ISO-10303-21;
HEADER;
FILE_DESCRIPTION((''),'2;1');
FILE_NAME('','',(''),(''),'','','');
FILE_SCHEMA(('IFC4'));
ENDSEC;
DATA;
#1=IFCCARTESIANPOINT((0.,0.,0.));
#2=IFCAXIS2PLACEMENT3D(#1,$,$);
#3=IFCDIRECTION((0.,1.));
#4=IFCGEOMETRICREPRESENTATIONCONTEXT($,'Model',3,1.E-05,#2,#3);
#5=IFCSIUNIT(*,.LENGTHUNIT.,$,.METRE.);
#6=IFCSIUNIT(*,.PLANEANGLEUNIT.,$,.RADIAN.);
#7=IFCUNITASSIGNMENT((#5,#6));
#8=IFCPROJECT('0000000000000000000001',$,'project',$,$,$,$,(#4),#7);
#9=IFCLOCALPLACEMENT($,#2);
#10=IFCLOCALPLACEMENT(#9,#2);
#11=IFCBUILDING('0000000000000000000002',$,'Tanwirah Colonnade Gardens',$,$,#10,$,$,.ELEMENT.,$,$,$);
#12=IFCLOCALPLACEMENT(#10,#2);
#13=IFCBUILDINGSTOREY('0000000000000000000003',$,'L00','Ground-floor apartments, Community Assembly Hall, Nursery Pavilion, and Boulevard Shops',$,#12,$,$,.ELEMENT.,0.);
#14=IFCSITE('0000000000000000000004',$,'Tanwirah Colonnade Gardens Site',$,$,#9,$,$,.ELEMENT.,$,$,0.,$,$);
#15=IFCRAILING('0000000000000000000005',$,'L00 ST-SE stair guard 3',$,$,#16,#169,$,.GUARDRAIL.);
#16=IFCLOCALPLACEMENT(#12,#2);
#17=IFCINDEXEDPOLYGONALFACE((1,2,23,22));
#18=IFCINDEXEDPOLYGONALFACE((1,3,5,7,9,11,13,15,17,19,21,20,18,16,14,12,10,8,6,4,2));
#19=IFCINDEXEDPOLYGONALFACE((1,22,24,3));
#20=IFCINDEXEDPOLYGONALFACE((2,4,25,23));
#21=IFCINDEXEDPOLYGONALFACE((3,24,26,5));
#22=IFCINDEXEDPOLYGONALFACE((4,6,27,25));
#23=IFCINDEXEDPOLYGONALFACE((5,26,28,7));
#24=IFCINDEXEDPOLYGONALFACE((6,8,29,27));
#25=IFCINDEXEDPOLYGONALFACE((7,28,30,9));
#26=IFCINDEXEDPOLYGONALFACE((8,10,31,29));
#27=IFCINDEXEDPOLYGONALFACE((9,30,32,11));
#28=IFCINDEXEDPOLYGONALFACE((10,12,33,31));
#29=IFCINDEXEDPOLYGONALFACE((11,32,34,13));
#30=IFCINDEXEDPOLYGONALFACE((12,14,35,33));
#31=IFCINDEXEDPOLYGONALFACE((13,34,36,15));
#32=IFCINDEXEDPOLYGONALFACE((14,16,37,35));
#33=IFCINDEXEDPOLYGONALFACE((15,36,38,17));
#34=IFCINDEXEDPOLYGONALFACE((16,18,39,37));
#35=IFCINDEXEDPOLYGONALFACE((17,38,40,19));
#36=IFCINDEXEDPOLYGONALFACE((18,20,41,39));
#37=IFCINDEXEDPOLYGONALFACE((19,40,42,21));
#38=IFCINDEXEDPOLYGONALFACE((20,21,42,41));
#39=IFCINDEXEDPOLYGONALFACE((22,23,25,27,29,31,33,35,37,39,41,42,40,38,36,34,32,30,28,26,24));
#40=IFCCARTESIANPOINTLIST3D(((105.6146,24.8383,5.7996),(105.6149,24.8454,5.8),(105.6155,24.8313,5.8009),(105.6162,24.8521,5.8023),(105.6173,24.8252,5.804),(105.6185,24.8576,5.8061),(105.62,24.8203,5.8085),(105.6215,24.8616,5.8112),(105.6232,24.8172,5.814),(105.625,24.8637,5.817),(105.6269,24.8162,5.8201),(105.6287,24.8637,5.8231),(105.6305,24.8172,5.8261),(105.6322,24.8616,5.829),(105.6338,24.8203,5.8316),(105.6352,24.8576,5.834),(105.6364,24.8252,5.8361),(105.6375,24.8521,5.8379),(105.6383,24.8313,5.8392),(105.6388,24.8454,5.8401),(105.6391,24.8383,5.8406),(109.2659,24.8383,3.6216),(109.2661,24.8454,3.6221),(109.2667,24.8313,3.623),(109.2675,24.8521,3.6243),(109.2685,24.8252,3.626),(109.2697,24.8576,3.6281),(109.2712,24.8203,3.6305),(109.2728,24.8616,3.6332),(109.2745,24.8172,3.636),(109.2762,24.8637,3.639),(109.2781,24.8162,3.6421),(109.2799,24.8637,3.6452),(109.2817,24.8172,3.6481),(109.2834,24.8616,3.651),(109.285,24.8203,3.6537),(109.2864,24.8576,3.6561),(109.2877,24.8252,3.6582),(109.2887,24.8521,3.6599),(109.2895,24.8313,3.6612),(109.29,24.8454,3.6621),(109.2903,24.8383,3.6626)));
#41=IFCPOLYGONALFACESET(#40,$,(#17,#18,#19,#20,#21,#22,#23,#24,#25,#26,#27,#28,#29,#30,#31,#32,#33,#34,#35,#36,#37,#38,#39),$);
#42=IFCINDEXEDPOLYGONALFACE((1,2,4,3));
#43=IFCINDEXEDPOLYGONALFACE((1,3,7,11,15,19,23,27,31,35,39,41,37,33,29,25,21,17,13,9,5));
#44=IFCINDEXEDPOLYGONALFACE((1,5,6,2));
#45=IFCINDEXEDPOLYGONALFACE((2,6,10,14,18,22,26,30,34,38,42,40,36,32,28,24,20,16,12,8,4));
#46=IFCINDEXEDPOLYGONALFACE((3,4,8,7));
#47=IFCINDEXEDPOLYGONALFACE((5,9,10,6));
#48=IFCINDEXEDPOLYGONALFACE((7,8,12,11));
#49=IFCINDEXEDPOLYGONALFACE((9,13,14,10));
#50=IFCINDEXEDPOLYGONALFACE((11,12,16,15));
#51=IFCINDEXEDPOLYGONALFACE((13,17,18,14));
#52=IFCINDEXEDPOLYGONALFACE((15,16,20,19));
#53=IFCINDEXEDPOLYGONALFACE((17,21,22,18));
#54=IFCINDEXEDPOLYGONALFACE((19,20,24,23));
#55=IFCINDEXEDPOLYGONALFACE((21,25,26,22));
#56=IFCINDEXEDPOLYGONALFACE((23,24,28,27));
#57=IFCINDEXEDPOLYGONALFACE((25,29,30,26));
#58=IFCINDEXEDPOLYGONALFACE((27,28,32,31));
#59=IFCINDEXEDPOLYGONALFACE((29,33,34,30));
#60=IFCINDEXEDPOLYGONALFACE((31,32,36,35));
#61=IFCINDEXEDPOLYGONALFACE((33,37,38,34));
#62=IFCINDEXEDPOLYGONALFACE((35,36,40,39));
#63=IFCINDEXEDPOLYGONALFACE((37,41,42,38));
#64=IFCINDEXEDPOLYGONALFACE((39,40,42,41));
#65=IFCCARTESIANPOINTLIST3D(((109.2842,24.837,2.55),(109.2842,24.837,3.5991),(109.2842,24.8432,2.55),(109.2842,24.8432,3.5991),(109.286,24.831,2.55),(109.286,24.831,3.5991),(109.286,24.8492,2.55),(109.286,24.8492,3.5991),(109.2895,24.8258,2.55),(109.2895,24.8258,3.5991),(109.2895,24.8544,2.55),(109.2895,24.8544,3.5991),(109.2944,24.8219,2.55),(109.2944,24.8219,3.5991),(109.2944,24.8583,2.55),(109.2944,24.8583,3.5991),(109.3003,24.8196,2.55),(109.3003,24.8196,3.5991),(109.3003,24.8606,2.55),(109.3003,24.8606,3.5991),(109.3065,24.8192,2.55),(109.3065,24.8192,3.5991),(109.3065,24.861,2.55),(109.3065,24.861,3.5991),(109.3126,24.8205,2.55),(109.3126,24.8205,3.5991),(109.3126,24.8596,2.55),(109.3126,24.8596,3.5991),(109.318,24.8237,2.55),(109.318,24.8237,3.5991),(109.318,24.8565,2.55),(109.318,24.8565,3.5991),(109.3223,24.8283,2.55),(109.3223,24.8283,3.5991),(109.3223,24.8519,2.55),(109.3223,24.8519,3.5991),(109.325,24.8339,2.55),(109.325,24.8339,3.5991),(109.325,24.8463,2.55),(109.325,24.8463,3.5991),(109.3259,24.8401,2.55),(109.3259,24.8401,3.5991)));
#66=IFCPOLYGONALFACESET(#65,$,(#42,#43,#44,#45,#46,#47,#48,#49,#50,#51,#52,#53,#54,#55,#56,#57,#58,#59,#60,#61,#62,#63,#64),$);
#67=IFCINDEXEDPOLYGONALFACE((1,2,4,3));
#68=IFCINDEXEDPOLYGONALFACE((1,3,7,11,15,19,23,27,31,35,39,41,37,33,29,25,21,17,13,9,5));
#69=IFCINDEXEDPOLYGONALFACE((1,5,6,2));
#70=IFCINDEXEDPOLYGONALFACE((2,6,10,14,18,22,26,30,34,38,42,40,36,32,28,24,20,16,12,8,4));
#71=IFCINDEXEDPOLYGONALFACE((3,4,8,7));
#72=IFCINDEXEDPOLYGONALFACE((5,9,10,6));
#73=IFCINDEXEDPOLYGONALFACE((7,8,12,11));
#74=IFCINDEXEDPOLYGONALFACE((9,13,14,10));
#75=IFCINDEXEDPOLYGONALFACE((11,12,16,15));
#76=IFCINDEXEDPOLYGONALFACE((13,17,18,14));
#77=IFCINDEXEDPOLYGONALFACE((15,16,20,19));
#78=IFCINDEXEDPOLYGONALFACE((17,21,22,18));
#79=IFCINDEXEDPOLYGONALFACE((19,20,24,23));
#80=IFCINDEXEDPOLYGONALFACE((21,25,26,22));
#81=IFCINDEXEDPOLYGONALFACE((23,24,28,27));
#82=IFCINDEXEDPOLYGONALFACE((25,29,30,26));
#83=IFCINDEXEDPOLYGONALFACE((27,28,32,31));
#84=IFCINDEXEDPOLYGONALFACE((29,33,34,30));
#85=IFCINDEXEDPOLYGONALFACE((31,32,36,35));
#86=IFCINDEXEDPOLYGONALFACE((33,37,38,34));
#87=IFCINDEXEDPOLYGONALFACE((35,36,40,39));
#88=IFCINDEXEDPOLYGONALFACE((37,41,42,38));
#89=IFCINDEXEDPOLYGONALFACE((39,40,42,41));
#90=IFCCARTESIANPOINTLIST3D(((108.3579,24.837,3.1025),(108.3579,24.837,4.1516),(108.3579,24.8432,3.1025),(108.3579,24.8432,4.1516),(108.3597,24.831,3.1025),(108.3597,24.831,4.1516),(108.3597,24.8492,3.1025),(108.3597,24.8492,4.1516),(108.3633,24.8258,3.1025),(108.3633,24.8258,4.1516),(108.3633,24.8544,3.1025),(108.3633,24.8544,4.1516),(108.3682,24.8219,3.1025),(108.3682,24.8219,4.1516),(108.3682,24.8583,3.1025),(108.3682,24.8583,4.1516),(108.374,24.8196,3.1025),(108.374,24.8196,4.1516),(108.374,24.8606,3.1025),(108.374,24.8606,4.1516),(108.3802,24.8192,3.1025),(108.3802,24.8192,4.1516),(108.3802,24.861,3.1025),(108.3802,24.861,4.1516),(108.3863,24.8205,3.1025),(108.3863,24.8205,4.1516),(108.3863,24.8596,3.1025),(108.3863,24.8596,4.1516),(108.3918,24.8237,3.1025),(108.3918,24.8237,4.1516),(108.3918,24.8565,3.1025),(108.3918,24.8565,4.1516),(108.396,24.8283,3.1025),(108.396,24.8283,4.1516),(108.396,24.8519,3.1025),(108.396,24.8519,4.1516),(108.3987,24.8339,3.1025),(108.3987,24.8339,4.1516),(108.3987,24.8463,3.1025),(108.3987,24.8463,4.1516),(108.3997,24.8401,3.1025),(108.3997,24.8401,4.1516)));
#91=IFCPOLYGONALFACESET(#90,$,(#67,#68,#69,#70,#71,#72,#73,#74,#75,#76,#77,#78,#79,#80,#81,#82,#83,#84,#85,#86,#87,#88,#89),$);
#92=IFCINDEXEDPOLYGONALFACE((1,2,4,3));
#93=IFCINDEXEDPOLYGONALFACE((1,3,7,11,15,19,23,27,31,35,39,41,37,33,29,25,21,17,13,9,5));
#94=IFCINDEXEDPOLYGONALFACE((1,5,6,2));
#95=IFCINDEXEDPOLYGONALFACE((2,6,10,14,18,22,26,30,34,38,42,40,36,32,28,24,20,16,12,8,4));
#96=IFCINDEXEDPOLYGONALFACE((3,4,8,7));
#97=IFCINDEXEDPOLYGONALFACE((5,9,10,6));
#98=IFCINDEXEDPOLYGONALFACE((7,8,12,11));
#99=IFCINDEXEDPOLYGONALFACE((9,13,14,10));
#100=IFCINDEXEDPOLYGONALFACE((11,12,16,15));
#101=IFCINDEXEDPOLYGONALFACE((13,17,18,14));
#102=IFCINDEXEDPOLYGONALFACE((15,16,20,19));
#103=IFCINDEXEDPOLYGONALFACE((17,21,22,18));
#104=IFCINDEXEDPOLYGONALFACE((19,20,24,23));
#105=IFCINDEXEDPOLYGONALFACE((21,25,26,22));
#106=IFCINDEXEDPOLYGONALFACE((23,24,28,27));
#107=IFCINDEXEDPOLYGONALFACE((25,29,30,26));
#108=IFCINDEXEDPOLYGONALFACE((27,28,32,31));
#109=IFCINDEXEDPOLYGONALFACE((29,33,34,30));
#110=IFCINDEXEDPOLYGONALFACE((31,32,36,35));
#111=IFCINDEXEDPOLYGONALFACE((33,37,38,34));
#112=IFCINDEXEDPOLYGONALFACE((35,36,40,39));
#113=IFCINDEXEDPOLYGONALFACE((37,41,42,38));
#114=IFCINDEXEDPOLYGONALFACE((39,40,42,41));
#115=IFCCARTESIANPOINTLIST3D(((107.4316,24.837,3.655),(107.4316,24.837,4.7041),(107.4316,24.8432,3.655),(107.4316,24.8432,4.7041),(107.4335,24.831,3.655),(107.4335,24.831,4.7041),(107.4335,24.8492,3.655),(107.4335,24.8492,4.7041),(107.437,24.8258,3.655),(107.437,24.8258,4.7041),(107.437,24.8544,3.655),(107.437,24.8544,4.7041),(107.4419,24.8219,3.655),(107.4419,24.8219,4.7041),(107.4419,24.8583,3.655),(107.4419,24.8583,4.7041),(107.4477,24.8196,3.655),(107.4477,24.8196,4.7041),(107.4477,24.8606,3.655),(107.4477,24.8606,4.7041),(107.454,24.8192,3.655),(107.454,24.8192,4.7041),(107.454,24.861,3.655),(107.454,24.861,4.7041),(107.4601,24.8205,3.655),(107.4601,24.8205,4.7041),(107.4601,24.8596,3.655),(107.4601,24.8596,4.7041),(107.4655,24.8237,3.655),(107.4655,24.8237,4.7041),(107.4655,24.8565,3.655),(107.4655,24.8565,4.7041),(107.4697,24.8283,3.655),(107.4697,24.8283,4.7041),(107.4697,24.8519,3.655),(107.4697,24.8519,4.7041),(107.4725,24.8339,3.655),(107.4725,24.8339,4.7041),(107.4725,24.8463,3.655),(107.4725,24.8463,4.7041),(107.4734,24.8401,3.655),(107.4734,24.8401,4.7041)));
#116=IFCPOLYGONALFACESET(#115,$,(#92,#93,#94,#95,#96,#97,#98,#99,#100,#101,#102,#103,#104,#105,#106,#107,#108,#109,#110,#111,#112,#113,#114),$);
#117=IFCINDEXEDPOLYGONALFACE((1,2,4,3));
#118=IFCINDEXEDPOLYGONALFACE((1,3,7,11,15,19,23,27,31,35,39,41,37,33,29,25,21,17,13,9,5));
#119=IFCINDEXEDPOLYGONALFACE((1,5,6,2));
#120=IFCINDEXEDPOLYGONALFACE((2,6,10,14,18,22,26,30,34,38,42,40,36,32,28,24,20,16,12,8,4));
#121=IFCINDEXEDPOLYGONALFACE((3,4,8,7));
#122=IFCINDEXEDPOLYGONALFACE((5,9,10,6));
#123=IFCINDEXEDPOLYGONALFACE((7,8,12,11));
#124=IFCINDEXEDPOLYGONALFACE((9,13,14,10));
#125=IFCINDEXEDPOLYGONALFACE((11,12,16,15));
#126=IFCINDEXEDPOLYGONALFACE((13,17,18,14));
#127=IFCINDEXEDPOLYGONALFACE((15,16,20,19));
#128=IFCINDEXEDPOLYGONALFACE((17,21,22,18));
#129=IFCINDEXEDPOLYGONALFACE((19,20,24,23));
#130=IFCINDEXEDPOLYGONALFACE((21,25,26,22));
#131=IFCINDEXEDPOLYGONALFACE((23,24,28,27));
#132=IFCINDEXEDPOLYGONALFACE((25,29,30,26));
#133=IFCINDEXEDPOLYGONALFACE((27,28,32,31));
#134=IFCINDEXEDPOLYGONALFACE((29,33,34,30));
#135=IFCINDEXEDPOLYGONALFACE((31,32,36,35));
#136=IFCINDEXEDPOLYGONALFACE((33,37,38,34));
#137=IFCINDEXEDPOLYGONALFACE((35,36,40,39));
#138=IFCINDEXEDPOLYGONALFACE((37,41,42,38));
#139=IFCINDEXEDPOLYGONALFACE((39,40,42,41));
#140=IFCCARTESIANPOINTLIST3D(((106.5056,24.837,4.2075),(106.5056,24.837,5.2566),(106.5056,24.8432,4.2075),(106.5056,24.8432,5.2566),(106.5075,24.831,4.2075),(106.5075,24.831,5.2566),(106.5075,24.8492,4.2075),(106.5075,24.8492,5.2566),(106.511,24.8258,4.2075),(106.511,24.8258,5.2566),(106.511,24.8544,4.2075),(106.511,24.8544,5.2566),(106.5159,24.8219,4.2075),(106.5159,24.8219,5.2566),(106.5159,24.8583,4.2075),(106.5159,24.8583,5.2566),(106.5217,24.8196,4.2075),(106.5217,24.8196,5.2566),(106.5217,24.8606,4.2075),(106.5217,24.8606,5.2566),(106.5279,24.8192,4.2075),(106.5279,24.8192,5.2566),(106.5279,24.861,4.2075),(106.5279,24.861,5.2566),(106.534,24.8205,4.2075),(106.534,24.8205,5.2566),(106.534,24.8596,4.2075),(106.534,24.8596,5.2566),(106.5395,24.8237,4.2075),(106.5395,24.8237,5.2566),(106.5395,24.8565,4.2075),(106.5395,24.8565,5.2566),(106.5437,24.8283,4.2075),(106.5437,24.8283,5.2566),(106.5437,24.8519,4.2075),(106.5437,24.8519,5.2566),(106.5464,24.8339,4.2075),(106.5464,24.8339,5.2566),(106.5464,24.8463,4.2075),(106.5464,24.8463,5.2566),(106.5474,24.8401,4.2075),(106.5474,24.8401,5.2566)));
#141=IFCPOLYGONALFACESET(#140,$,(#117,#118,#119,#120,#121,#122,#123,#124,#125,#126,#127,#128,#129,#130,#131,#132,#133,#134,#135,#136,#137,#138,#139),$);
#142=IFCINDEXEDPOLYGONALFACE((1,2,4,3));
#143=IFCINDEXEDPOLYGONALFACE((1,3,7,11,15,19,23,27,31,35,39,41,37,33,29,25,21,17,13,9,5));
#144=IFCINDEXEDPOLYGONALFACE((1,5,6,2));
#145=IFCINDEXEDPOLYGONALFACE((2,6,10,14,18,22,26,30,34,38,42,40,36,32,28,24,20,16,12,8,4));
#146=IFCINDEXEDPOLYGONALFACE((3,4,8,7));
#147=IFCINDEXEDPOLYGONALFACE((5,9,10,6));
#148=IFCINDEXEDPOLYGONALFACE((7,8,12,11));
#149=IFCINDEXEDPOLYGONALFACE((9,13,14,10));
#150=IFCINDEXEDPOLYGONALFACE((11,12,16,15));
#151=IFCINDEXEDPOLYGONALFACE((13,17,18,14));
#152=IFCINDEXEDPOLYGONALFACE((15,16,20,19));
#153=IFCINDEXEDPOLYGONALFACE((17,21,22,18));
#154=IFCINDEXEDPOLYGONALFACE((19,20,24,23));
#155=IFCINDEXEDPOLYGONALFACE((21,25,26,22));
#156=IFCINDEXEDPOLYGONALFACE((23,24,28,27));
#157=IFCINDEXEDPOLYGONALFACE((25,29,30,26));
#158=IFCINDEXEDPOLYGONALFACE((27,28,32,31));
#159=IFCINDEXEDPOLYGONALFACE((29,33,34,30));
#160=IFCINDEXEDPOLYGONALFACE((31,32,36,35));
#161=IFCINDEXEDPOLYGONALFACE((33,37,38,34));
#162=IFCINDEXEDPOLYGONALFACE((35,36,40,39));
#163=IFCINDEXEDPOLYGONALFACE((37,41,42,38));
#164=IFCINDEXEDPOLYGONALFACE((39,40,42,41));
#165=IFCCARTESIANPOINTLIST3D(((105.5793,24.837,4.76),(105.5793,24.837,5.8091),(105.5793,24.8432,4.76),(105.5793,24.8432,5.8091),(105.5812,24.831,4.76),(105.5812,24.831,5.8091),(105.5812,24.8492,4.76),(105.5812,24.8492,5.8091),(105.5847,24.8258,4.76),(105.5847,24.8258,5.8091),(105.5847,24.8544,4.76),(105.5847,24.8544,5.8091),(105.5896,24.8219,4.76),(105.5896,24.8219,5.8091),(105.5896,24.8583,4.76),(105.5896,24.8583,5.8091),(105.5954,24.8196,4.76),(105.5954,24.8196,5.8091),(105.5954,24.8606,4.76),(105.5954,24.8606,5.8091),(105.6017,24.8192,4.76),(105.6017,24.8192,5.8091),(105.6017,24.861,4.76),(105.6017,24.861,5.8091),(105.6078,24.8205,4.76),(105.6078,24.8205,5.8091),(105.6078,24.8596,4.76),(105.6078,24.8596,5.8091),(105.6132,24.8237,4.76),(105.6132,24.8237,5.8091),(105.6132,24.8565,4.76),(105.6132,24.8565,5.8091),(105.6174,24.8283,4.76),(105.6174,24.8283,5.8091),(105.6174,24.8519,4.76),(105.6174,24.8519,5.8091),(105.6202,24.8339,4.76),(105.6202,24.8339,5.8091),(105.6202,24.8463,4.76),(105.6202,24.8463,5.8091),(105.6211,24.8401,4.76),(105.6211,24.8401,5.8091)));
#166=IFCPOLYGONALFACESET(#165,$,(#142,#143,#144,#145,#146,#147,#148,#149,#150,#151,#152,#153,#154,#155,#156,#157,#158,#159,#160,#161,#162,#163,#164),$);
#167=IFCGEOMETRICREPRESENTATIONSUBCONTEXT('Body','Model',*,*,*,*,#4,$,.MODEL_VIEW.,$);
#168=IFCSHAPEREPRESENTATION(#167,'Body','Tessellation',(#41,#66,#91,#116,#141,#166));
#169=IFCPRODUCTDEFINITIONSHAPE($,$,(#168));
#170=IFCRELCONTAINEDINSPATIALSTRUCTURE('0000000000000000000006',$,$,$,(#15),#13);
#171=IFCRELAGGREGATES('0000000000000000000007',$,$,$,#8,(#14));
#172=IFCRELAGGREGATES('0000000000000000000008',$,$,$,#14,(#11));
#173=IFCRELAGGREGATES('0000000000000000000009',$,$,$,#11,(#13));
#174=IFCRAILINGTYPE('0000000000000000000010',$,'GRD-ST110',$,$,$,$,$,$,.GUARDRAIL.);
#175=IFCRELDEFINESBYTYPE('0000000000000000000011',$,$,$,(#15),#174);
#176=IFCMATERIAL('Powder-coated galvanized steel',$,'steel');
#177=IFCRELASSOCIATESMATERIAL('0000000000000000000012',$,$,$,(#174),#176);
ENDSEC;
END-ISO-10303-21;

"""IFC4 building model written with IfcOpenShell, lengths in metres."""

from ifc_helpers import new_model, si_unit, direction, frame, origin, origin_2d, place, context, subcontext, project, spatial, circle, extrude, material, type_object, element, save


model = new_model("IFC4")

# Units and contexts
model_context = context("Model", 3, precision=1e-05, world=origin(), true_north=direction((0.0, 1.0)))
body_context = subcontext(model_context, "Body", "Model", "MODEL_VIEW")
ifc_project = project(units=[si_unit("LENGTHUNIT", "METRE"), si_unit("PLANEANGLEUNIT", "RADIAN")], contexts=[model_context])

# Site, building, storey
site_placement = place(None, origin())
site = spatial("IfcSite", under=ifc_project, at=site_placement, Name="Tanwirah Colonnade Gardens Site", CompositionType="ELEMENT", RefElevation=0.0)
building_placement = place(site_placement, origin())
building = spatial("IfcBuilding", under=site, at=building_placement, Name="Tanwirah Colonnade Gardens", CompositionType="ELEMENT")
storey_placement = place(building_placement, origin())
storey = spatial("IfcBuildingStorey", under=building, at=storey_placement, Name="L00", Description="Ground-floor apartments, Community Assembly Hall, Nursery Pavilion, and Boulevard Shops", CompositionType="ELEMENT", Elevation=0.0)

# Railing
ifc_material_1 = material(Name="Powder-coated galvanized steel", Category="steel")
railing_type_1 = type_object("IfcRailingType", Name="GRD-ST110", PredefinedType="GUARDRAIL", material=ifc_material_1)
railing_1_placement = place(storey_placement, frame((109.3049, 24.8401, 2.55)))
element("IfcRailing", 1, at=railing_1_placement, inside=storey, type_object=railing_type_1, Name="L00 ST-SE stair guard 3", PredefinedType="GUARDRAIL", context=body_context, shape_type="SweptSolid", body=[
    extrude(circle(Radius=0.0239, at=origin_2d()), frame((-0.0269, 0.0, 1.092), z_axis=(-0.858813, 0.0, 0.512289), x_axis=(0.0, -1.0, 0.0)), (0.0, 0.0, 1.0), 4.2515),
    extrude(circle(Radius=0.021, at=origin_2d()), origin(), (0.0, 0.0, 1.0), 1.0491),
    extrude(circle(Radius=0.021, at=origin_2d()), frame((-0.9263, 0.0, 0.5525)), (0.0, 0.0, 1.0), 1.0491),
    extrude(circle(Radius=0.021, at=origin_2d()), frame((-1.8525, 0.0, 1.105)), (0.0, 0.0, 1.0), 1.0491),
    extrude(circle(Radius=0.021, at=origin_2d()), frame((-2.7786, 0.0, 1.6575)), (0.0, 0.0, 1.0), 1.0491),
    extrude(circle(Radius=0.021, at=origin_2d()), frame((-3.7048, 0.0, 2.21)), (0.0, 0.0, 1.0), 1.0491),
])

save(model, "model.ifc")
